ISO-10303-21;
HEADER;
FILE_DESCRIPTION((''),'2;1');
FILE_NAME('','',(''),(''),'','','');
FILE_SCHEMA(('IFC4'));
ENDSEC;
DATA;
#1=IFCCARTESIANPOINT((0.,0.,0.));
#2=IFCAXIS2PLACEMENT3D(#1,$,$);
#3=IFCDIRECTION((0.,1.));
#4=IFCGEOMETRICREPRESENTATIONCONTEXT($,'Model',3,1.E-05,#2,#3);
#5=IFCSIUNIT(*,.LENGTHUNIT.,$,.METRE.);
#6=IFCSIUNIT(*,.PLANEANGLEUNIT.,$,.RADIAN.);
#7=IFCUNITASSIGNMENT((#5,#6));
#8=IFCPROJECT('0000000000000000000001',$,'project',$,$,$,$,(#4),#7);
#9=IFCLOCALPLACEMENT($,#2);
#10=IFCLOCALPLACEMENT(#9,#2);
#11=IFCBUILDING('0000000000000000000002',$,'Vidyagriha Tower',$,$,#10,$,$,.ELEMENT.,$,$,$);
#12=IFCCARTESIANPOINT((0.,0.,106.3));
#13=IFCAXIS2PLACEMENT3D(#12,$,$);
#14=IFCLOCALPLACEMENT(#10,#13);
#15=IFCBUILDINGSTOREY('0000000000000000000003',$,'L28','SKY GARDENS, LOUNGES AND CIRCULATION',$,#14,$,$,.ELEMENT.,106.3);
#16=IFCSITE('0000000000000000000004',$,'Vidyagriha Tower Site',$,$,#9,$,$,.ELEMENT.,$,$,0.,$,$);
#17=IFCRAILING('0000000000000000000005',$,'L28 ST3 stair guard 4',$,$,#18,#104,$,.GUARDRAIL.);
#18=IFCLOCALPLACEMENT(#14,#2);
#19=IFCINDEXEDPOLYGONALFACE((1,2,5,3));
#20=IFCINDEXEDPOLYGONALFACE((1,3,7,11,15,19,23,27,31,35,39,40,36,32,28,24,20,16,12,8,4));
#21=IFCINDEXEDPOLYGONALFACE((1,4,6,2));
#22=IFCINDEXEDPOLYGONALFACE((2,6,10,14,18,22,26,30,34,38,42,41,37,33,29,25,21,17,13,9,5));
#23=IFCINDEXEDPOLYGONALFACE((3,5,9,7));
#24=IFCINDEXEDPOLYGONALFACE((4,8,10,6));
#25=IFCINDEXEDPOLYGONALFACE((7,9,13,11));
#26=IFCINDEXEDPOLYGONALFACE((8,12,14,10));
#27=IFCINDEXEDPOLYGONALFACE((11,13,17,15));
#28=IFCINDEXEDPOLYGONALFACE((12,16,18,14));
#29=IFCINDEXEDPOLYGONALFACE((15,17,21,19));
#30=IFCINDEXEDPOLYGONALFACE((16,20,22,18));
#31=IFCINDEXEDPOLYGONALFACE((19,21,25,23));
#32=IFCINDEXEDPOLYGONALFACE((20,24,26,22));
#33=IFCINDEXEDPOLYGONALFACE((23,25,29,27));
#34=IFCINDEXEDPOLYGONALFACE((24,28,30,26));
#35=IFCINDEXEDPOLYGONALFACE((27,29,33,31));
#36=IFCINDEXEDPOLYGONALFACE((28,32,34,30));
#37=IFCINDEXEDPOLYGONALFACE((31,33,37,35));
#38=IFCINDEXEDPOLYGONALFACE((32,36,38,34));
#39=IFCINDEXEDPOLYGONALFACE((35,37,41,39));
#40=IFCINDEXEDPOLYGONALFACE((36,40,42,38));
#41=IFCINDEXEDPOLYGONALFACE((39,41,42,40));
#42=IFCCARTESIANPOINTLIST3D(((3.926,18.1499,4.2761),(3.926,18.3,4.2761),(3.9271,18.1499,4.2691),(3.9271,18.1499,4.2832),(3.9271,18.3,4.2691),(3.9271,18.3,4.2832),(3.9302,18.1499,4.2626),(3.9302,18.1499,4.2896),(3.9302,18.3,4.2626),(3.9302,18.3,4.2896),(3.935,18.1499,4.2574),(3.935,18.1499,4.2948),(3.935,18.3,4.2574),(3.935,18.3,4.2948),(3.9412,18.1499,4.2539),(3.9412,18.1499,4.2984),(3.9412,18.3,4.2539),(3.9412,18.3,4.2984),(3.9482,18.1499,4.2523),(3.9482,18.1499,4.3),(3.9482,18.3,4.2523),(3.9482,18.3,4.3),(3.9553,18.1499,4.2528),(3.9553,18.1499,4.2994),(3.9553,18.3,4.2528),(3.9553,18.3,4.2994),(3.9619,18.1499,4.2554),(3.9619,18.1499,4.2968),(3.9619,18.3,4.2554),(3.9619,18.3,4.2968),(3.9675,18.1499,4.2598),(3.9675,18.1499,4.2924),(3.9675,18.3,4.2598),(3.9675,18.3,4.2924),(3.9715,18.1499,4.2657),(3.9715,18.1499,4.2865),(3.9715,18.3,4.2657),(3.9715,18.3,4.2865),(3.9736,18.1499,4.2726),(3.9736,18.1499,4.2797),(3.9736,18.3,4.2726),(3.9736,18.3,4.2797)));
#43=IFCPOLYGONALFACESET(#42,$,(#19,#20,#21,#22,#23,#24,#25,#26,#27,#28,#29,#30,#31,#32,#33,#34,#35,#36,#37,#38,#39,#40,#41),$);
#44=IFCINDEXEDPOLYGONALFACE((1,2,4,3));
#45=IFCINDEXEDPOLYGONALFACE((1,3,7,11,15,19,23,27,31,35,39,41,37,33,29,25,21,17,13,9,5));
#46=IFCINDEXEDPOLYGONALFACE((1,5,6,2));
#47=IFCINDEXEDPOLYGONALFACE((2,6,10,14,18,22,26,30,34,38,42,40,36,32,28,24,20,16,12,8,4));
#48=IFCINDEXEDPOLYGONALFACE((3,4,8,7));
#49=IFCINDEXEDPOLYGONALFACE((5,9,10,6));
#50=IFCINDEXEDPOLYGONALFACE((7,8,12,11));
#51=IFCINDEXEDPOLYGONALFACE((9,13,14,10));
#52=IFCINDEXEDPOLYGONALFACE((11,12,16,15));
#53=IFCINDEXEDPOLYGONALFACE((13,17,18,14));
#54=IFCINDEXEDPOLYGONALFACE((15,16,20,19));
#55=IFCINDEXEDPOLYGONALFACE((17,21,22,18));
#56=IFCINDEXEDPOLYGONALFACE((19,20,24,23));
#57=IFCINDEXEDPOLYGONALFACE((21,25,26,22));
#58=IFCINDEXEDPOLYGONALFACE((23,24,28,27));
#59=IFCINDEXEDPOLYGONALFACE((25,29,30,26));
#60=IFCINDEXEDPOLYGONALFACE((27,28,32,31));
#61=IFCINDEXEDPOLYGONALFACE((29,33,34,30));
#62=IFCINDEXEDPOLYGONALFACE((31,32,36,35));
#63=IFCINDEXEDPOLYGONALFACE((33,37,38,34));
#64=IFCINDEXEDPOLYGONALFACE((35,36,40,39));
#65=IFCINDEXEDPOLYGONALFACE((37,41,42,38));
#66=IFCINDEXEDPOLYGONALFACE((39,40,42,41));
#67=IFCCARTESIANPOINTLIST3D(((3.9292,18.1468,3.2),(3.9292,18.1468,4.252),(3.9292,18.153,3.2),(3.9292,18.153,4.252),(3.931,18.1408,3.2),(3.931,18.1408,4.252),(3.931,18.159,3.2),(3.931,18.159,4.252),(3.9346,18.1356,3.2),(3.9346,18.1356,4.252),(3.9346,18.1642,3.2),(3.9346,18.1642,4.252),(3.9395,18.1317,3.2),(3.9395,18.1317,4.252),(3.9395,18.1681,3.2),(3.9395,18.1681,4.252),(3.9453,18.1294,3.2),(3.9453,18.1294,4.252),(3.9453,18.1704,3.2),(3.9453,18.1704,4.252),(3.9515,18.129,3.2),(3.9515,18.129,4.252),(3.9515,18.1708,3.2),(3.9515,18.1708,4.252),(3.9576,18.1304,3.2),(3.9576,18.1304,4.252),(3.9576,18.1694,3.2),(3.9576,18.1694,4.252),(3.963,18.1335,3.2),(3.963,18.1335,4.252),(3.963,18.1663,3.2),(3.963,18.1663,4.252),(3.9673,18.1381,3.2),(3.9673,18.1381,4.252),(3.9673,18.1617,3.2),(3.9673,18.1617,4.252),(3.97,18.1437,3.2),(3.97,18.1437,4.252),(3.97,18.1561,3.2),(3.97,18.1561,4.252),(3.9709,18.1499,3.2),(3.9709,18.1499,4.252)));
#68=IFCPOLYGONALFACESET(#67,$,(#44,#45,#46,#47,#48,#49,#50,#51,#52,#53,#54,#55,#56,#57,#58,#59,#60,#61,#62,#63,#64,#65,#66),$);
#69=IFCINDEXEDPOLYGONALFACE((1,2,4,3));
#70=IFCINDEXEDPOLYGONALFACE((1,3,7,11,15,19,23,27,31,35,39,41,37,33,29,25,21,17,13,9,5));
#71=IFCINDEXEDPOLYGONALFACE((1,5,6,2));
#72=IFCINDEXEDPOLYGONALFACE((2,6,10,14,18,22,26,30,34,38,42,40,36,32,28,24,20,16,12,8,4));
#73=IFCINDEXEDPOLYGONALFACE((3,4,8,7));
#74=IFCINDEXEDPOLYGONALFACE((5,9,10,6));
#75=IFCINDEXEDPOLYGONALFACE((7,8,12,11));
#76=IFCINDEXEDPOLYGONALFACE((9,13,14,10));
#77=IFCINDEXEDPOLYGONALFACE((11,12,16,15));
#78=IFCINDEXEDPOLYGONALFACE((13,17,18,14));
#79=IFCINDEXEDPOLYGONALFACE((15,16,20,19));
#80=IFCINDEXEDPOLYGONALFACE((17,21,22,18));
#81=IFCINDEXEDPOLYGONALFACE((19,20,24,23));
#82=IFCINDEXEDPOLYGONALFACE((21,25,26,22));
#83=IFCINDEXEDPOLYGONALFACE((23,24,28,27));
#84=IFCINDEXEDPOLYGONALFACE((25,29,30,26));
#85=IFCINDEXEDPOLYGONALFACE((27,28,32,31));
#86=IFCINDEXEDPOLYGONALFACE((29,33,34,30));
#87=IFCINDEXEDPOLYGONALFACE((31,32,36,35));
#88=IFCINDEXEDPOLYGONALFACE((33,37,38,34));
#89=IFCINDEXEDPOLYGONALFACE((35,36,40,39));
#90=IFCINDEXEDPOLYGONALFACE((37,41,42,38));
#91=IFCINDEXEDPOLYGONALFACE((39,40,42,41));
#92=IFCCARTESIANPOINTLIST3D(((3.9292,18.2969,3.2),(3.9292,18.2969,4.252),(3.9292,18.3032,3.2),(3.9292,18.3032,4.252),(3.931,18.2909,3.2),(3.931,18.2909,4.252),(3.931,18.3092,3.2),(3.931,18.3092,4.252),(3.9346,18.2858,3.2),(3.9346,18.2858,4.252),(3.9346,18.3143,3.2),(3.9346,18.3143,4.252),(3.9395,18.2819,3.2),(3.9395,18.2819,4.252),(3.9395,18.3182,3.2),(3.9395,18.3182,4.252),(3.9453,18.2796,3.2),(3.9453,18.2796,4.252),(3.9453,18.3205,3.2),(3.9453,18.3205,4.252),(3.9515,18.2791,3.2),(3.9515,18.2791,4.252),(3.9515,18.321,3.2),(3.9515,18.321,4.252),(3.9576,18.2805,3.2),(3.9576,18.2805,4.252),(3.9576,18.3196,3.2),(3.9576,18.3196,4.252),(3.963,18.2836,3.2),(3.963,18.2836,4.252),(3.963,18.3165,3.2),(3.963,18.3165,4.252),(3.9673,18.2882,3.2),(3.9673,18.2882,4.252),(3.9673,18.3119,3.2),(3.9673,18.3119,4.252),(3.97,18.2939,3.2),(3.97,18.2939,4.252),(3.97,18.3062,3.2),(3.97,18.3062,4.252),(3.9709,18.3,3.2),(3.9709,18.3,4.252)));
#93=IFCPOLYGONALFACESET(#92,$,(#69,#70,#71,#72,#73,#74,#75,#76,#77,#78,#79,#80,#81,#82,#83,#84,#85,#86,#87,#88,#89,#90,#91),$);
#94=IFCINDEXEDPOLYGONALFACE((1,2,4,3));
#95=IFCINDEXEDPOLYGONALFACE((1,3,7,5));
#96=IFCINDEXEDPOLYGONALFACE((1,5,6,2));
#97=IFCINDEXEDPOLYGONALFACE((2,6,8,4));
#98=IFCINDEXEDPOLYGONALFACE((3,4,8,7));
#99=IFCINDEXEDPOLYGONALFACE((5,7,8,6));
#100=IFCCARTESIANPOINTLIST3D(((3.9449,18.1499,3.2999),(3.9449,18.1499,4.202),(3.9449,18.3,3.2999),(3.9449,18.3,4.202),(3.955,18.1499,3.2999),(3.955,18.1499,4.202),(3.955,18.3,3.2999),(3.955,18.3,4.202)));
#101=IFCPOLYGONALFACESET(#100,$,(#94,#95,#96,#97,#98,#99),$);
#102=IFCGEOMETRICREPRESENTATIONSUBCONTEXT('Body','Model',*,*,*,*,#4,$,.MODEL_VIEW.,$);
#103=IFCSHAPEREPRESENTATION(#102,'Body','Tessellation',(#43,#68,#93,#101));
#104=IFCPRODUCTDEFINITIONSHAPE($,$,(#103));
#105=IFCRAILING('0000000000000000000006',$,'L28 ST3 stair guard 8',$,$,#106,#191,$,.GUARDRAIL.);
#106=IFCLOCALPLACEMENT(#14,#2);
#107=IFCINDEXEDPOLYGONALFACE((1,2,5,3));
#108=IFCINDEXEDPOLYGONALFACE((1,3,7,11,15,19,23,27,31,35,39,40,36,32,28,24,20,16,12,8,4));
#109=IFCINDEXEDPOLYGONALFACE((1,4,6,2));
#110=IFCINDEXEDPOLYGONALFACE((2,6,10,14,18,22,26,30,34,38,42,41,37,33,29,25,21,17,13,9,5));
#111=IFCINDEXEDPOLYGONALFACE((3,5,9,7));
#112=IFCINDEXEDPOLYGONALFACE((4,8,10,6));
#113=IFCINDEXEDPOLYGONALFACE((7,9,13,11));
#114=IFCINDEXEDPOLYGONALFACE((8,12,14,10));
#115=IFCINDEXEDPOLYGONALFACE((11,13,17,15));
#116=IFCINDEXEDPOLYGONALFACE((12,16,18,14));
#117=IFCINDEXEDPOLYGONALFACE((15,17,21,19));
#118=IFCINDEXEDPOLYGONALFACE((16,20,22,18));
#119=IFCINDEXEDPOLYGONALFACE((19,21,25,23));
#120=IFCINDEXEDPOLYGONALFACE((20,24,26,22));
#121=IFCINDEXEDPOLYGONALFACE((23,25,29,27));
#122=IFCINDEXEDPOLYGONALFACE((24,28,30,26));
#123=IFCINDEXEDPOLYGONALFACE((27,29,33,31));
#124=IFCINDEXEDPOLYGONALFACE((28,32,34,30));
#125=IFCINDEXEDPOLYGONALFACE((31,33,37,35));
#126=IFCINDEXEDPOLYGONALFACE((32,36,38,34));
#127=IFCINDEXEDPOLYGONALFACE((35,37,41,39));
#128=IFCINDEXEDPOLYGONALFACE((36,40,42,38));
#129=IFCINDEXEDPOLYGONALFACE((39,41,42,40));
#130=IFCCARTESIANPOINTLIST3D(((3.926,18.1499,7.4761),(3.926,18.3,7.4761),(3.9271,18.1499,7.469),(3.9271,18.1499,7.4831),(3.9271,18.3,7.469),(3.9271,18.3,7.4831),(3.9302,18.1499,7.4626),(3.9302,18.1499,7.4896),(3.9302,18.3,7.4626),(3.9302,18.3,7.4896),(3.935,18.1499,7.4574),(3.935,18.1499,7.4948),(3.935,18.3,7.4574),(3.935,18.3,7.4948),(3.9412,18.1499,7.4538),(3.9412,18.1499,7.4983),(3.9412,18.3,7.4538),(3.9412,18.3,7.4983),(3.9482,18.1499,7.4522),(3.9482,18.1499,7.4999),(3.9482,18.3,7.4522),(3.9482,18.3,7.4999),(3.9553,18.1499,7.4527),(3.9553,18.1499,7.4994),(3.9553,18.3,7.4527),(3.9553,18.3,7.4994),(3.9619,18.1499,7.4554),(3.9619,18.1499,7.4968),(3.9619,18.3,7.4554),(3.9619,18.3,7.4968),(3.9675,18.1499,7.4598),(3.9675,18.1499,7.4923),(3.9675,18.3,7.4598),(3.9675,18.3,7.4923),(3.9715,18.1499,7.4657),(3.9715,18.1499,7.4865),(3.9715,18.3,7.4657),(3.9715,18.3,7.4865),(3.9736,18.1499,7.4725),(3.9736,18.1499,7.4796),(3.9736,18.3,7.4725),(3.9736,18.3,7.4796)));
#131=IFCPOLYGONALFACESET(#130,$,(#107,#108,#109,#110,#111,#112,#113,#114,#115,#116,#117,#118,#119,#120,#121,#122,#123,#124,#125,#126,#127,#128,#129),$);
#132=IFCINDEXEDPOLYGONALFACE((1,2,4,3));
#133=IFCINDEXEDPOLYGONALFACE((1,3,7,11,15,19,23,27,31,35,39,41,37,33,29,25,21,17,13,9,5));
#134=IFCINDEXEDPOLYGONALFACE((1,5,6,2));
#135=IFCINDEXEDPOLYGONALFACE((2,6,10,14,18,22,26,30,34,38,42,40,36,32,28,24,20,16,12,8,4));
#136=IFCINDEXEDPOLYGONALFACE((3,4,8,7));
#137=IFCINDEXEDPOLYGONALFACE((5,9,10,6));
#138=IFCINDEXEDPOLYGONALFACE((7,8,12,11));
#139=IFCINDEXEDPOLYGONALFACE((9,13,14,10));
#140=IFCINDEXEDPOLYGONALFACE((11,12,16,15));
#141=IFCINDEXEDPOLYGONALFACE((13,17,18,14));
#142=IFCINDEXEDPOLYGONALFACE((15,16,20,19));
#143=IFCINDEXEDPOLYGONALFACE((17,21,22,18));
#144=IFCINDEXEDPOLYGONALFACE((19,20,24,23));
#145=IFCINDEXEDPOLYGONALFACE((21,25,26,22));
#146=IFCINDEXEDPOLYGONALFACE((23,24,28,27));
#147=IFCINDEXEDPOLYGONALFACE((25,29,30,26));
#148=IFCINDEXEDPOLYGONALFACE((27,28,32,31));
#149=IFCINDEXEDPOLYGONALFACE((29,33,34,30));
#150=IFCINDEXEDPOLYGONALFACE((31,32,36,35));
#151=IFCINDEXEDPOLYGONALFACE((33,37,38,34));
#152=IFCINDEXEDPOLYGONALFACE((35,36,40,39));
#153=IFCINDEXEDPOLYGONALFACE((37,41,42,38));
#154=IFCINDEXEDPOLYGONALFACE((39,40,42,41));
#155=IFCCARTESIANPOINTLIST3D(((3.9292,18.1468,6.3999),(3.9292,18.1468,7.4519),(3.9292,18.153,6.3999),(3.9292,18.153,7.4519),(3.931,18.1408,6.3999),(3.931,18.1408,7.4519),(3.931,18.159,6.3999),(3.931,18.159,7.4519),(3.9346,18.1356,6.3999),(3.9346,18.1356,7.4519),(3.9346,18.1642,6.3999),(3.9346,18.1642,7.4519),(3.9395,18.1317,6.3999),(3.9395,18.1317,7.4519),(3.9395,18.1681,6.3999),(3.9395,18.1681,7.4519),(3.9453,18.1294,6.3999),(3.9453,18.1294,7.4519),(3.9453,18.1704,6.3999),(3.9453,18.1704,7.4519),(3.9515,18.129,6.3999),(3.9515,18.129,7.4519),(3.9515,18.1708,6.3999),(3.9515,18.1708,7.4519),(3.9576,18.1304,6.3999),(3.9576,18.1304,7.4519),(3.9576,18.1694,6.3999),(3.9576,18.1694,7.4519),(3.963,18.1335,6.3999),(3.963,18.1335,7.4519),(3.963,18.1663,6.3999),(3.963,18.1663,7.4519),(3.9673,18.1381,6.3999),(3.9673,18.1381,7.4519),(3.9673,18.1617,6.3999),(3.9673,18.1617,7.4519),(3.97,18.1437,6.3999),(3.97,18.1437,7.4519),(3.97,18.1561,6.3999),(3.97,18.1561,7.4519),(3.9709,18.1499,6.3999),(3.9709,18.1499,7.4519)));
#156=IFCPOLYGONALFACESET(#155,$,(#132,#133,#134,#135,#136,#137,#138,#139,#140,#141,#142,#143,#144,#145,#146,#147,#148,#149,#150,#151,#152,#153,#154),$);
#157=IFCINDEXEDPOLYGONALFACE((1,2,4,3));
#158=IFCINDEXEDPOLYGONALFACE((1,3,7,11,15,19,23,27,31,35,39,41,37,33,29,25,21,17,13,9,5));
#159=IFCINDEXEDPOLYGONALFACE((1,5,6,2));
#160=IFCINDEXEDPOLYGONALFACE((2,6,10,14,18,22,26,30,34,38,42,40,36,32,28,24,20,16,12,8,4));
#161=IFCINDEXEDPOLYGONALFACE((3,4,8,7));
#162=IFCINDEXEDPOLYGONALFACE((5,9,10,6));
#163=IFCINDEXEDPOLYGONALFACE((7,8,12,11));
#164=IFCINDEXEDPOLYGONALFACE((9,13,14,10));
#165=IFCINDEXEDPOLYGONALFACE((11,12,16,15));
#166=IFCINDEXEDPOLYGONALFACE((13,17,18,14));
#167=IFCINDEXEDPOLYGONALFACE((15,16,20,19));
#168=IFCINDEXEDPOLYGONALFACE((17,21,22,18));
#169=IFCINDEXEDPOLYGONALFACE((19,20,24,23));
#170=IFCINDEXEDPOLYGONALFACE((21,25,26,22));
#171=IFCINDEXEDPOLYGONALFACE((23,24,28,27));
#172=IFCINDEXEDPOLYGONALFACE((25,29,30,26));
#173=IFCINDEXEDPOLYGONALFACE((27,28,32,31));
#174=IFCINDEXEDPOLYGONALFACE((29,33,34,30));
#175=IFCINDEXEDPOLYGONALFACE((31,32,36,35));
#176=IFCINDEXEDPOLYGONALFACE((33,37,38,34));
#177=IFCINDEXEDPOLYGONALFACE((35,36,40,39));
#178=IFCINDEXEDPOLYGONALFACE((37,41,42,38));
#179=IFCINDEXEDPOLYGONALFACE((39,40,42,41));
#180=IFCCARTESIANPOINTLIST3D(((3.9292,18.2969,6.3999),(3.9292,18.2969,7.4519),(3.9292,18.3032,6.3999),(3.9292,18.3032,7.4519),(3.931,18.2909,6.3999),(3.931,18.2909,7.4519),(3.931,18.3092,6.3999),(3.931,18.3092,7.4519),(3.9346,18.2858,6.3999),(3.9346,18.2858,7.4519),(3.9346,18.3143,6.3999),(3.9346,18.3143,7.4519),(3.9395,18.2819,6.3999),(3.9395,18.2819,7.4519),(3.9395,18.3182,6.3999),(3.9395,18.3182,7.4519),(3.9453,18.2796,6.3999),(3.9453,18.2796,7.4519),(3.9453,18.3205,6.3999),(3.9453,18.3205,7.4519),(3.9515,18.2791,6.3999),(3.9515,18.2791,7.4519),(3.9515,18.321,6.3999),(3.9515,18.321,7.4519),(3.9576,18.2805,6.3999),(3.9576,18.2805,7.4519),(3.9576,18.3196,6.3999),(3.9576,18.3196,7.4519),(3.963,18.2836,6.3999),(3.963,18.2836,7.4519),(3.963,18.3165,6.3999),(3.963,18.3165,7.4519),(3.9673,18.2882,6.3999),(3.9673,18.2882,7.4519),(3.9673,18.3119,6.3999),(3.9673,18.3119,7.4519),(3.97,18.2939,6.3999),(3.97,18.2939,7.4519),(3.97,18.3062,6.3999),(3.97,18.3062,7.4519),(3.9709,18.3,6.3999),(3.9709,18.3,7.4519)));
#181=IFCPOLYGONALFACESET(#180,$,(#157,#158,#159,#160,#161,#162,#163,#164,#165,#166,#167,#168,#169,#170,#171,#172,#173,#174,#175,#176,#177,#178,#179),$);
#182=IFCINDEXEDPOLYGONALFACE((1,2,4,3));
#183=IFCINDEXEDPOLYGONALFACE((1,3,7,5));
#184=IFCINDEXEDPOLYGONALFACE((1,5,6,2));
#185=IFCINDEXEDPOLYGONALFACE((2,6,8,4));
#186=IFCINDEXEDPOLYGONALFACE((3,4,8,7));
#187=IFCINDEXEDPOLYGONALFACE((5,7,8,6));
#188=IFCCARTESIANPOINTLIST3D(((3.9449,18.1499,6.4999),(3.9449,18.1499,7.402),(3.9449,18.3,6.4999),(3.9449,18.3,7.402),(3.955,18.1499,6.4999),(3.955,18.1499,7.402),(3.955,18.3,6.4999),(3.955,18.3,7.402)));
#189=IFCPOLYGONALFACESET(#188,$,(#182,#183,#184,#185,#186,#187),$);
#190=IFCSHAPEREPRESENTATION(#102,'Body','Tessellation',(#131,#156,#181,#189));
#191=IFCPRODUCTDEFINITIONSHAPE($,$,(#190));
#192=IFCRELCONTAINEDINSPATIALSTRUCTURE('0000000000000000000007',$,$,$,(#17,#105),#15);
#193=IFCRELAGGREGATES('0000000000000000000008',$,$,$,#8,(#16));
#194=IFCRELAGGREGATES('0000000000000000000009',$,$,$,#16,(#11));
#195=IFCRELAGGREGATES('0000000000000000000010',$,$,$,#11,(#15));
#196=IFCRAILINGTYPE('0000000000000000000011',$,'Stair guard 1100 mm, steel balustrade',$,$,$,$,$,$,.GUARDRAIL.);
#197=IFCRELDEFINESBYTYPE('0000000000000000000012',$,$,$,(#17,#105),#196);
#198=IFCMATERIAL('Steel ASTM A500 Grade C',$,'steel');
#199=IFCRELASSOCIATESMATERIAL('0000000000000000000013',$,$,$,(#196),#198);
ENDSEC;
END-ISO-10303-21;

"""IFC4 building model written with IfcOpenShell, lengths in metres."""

from ifc_helpers import new_model, si_unit, direction, frame, origin, origin_2d, place, context, subcontext, project, spatial, rectangle, circle, extrude, material, type_object, element, save


model = new_model("IFC4")

# Units and contexts
model_context = context("Model", 3, precision=1e-05, world=origin(), true_north=direction((0.0, 1.0)))
body_context = subcontext(model_context, "Body", "Model", "MODEL_VIEW")
ifc_project = project(units=[si_unit("LENGTHUNIT", "METRE"), si_unit("PLANEANGLEUNIT", "RADIAN")], contexts=[model_context])

# Site, building, storey
site_placement = place(None, origin())
site = spatial("IfcSite", under=ifc_project, at=site_placement, Name="Vidyagriha Tower Site", CompositionType="ELEMENT", RefElevation=0.0)
building_placement = place(site_placement, origin())
building = spatial("IfcBuilding", under=site, at=building_placement, Name="Vidyagriha Tower", CompositionType="ELEMENT")
storey_placement = place(building_placement, frame((0.0, 0.0, 106.3)))
storey = spatial("IfcBuildingStorey", under=building, at=storey_placement, Name="L28", Description="SKY GARDENS, LOUNGES AND CIRCULATION", CompositionType="ELEMENT", Elevation=106.3)

# Railings
ifc_material_1 = material(Name="Steel ASTM A500 Grade C", Category="steel")
railing_type_1 = type_object("IfcRailingType", Name="Stair guard 1100 mm, steel balustrade", PredefinedType="GUARDRAIL", material=ifc_material_1)
for number, where, name in (
    (1, (3.95, 18.1499, 3.2), "L28 ST3 stair guard 4"),
    (2, (3.95, 18.1499, 6.3999), "L28 ST3 stair guard 8"),
):
    element("IfcRailing", number, at=place(storey_placement, frame(where)), inside=storey, type_object=railing_type_1, Name=name, PredefinedType="GUARDRAIL", context=body_context, shape_type="SweptSolid", body=[
        extrude(circle(Radius=0.0239, at=origin_2d()), frame((0.0, 0.0, 1.0762), z_axis=(0.0, 1.0, 0.0), x_axis=(-1.0, 0.0, 0.0)), (0.0, 0.0, 1.0), 0.1501),
        extrude(circle(Radius=0.021, at=origin_2d()), origin(), (0.0, 0.0, 1.0), 1.052),
        extrude(circle(Radius=0.021, at=origin_2d()), frame((0.0, 0.1501, 0.0)), (0.0, 0.0, 1.0), 1.052),
        extrude(rectangle(XDim=0.01, YDim=0.9021, at=origin_2d()), frame((0.0, 0.0, 0.551), z_axis=(0.0, 1.0, 0.0), x_axis=(-1.0, 0.0, 0.0)), (0.0, 0.0, 1.0), 0.1501),
    ])

save(model, "model.ifc")
